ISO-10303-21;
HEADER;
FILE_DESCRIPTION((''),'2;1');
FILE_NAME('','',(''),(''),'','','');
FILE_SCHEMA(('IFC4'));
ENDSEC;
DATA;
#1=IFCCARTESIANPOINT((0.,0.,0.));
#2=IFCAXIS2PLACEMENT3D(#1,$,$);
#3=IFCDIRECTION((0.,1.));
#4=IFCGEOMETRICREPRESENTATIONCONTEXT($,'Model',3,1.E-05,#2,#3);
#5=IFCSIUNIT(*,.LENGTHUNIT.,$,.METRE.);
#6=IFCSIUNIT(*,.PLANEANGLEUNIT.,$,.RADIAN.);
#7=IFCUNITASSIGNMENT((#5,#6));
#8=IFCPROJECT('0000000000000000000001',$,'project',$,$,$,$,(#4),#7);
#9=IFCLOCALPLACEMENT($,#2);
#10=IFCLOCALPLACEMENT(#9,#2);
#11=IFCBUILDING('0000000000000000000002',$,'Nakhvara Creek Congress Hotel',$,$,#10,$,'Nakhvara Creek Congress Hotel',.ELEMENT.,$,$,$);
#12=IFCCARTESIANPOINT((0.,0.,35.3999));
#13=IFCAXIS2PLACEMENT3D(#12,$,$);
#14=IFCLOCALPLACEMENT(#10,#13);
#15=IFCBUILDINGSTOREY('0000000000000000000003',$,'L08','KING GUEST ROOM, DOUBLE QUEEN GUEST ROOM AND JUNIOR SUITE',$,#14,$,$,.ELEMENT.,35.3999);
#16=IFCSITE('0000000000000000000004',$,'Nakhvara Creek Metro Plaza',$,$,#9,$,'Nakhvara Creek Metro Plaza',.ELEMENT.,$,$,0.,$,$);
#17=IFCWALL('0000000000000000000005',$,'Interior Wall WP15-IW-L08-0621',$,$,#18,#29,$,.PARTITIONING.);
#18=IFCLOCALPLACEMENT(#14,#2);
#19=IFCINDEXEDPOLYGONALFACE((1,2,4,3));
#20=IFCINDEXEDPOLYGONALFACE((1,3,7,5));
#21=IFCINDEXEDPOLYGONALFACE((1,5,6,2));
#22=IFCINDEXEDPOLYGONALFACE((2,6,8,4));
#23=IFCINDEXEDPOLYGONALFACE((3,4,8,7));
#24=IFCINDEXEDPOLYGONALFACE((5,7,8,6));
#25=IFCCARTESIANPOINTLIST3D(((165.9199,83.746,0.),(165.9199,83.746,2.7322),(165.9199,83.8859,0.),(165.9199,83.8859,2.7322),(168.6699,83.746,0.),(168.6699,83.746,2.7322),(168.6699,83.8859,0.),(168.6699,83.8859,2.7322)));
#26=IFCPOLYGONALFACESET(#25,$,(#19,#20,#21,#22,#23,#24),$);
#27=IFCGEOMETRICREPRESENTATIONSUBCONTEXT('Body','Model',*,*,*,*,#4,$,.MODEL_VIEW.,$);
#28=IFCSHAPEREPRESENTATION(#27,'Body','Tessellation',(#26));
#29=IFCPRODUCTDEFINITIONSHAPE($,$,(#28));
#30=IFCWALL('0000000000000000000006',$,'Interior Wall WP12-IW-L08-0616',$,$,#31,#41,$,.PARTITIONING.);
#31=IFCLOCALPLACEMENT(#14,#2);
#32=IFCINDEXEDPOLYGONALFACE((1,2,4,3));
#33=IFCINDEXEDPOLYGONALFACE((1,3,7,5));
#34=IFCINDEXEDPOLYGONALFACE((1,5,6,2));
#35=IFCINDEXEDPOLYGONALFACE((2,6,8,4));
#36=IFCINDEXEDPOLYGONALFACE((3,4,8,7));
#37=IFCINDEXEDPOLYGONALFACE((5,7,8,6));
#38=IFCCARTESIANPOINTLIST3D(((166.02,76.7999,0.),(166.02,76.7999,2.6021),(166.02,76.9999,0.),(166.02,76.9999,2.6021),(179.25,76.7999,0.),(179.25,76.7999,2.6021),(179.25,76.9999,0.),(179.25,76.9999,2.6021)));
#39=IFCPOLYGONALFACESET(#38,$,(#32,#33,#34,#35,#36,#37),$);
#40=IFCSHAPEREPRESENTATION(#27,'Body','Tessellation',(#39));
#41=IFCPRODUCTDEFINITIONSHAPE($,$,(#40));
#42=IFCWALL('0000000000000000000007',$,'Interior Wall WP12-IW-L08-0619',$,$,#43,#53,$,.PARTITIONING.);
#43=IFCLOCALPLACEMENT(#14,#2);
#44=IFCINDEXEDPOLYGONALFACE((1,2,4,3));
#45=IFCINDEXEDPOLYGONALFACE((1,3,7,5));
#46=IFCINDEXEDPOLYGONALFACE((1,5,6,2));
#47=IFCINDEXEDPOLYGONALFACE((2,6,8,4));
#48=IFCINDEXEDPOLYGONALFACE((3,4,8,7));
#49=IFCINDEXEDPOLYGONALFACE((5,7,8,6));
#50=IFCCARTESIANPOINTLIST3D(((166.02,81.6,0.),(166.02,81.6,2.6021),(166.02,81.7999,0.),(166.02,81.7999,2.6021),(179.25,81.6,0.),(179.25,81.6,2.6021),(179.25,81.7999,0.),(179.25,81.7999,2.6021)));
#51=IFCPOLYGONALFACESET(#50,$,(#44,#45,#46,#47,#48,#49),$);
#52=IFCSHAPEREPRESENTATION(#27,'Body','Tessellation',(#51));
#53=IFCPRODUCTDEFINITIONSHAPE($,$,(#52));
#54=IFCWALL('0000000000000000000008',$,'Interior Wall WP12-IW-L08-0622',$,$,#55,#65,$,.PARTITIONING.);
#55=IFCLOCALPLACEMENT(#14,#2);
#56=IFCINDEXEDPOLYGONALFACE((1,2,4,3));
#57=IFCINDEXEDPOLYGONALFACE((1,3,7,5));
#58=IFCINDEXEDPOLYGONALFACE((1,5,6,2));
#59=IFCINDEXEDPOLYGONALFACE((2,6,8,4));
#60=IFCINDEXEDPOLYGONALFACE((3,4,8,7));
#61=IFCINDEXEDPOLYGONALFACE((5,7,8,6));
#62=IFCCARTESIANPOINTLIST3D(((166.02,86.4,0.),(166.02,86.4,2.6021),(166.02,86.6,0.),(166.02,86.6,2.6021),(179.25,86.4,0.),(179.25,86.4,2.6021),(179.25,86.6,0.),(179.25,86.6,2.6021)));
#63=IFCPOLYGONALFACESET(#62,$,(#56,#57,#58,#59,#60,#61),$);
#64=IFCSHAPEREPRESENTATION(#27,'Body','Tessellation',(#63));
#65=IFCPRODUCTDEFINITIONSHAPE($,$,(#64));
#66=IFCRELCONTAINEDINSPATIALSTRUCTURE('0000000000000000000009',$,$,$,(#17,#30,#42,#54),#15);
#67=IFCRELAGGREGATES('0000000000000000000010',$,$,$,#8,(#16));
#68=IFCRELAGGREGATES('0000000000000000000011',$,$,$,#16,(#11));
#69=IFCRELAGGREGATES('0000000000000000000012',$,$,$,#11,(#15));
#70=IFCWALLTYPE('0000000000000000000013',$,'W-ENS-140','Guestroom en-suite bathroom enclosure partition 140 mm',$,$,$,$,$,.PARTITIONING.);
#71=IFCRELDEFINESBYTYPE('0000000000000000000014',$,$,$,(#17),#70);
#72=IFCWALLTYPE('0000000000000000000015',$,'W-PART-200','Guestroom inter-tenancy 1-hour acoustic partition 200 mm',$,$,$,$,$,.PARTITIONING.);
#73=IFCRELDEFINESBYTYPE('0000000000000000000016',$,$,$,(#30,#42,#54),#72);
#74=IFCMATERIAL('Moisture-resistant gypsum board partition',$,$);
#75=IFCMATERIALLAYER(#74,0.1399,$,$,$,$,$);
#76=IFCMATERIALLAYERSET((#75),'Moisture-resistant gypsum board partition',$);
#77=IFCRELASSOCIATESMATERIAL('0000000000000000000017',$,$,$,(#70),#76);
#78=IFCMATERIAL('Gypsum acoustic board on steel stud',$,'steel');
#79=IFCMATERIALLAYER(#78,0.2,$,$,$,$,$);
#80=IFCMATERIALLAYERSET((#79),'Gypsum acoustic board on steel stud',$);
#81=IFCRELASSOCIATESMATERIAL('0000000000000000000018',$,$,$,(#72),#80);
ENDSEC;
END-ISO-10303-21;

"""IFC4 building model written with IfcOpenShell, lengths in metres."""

from ifc_helpers import new_model, si_unit, direction, frame, frame_2d, origin, place, context, subcontext, project, spatial, rectangle, extrude, material, layer, layer_set, type_object, element, save


model = new_model("IFC4")

# Units and contexts
model_context = context("Model", 3, precision=1e-05, world=origin(), true_north=direction((0.0, 1.0)))
body_context = subcontext(model_context, "Body", "Model", "MODEL_VIEW")
ifc_project = project(units=[si_unit("LENGTHUNIT", "METRE"), si_unit("PLANEANGLEUNIT", "RADIAN")], contexts=[model_context])

# Site, building, storey
site_placement = place(None, origin())
site = spatial("IfcSite", under=ifc_project, at=site_placement, Name="Nakhvara Creek Metro Plaza", LongName="Nakhvara Creek Metro Plaza", CompositionType="ELEMENT", RefElevation=0.0)
building_placement = place(site_placement, origin())
building = spatial("IfcBuilding", under=site, at=building_placement, Name="Nakhvara Creek Congress Hotel", LongName="Nakhvara Creek Congress Hotel", CompositionType="ELEMENT")
storey_placement = place(building_placement, frame((0.0, 0.0, 35.3999)))
storey = spatial("IfcBuildingStorey", under=building, at=storey_placement, Name="L08", Description="KING GUEST ROOM, DOUBLE QUEEN GUEST ROOM AND JUNIOR SUITE", CompositionType="ELEMENT", Elevation=35.3999)

# Shared definitions
ifc_material_1 = material(Name="Moisture-resistant gypsum board partition")
ifc_layer_1 = layer(ifc_material_1, 0.1399)
ifc_layer_set_1 = layer_set([ifc_layer_1], Name="Moisture-resistant gypsum board partition")
wall_type_1 = type_object("IfcWallType", Name="W-ENS-140", Description="Guestroom en-suite bathroom enclosure partition 140 mm", PredefinedType="PARTITIONING", material=ifc_layer_set_1)

# Wall
wall_1_placement = place(storey_placement, frame((165.9199, 83.8159, 0.0), z_axis=(0.0, 0.0, 1.0), x_axis=(1.0, 0.0, 0.0)))
element("IfcWall", 1, at=wall_1_placement, inside=storey, type_object=wall_type_1, Name="Interior Wall WP15-IW-L08-0621", PredefinedType="PARTITIONING", context=body_context, shape_type="SweptSolid", body=[
    extrude(rectangle(XDim=2.75, YDim=0.1399, at=frame_2d((1.375, 0.0))), origin(), (0.0, 0.0, 1.0), 2.7322),
])

# Walls
ifc_material_2 = material(Name="Gypsum acoustic board on steel stud", Category="steel")
ifc_layer_2 = layer(ifc_material_2, 0.2)
ifc_layer_set_2 = layer_set([ifc_layer_2], Name="Gypsum acoustic board on steel stud")
wall_type_2 = type_object("IfcWallType", Name="W-PART-200", Description="Guestroom inter-tenancy 1-hour acoustic partition 200 mm", PredefinedType="PARTITIONING", material=ifc_layer_set_2)
for number, where, z_axis, x_axis, name in (
    (2, (166.02, 76.8999, 0.0), (0.0, 0.0, 1.0), (1.0, 0.0, 0.0), "Interior Wall WP12-IW-L08-0616"),
    (3, (166.02, 81.7, 0.0), (0.0, 0.0, 1.0), (1.0, 0.0, 0.0), "Interior Wall WP12-IW-L08-0619"),
    (4, (166.02, 86.5, 0.0), (0.0, 0.0, 1.0), (1.0, 0.0, 0.0), "Interior Wall WP12-IW-L08-0622"),
):
    element("IfcWall", number, at=place(storey_placement, frame(where, z_axis=z_axis, x_axis=x_axis)), inside=storey, type_object=wall_type_2, Name=name, PredefinedType="PARTITIONING", context=body_context, shape_type="SweptSolid", body=[
        extrude(rectangle(XDim=13.23, YDim=0.2, at=frame_2d((6.615, 0.0))), origin(), (0.0, 0.0, 1.0), 2.6021),
    ])

save(model, "model.ifc")
